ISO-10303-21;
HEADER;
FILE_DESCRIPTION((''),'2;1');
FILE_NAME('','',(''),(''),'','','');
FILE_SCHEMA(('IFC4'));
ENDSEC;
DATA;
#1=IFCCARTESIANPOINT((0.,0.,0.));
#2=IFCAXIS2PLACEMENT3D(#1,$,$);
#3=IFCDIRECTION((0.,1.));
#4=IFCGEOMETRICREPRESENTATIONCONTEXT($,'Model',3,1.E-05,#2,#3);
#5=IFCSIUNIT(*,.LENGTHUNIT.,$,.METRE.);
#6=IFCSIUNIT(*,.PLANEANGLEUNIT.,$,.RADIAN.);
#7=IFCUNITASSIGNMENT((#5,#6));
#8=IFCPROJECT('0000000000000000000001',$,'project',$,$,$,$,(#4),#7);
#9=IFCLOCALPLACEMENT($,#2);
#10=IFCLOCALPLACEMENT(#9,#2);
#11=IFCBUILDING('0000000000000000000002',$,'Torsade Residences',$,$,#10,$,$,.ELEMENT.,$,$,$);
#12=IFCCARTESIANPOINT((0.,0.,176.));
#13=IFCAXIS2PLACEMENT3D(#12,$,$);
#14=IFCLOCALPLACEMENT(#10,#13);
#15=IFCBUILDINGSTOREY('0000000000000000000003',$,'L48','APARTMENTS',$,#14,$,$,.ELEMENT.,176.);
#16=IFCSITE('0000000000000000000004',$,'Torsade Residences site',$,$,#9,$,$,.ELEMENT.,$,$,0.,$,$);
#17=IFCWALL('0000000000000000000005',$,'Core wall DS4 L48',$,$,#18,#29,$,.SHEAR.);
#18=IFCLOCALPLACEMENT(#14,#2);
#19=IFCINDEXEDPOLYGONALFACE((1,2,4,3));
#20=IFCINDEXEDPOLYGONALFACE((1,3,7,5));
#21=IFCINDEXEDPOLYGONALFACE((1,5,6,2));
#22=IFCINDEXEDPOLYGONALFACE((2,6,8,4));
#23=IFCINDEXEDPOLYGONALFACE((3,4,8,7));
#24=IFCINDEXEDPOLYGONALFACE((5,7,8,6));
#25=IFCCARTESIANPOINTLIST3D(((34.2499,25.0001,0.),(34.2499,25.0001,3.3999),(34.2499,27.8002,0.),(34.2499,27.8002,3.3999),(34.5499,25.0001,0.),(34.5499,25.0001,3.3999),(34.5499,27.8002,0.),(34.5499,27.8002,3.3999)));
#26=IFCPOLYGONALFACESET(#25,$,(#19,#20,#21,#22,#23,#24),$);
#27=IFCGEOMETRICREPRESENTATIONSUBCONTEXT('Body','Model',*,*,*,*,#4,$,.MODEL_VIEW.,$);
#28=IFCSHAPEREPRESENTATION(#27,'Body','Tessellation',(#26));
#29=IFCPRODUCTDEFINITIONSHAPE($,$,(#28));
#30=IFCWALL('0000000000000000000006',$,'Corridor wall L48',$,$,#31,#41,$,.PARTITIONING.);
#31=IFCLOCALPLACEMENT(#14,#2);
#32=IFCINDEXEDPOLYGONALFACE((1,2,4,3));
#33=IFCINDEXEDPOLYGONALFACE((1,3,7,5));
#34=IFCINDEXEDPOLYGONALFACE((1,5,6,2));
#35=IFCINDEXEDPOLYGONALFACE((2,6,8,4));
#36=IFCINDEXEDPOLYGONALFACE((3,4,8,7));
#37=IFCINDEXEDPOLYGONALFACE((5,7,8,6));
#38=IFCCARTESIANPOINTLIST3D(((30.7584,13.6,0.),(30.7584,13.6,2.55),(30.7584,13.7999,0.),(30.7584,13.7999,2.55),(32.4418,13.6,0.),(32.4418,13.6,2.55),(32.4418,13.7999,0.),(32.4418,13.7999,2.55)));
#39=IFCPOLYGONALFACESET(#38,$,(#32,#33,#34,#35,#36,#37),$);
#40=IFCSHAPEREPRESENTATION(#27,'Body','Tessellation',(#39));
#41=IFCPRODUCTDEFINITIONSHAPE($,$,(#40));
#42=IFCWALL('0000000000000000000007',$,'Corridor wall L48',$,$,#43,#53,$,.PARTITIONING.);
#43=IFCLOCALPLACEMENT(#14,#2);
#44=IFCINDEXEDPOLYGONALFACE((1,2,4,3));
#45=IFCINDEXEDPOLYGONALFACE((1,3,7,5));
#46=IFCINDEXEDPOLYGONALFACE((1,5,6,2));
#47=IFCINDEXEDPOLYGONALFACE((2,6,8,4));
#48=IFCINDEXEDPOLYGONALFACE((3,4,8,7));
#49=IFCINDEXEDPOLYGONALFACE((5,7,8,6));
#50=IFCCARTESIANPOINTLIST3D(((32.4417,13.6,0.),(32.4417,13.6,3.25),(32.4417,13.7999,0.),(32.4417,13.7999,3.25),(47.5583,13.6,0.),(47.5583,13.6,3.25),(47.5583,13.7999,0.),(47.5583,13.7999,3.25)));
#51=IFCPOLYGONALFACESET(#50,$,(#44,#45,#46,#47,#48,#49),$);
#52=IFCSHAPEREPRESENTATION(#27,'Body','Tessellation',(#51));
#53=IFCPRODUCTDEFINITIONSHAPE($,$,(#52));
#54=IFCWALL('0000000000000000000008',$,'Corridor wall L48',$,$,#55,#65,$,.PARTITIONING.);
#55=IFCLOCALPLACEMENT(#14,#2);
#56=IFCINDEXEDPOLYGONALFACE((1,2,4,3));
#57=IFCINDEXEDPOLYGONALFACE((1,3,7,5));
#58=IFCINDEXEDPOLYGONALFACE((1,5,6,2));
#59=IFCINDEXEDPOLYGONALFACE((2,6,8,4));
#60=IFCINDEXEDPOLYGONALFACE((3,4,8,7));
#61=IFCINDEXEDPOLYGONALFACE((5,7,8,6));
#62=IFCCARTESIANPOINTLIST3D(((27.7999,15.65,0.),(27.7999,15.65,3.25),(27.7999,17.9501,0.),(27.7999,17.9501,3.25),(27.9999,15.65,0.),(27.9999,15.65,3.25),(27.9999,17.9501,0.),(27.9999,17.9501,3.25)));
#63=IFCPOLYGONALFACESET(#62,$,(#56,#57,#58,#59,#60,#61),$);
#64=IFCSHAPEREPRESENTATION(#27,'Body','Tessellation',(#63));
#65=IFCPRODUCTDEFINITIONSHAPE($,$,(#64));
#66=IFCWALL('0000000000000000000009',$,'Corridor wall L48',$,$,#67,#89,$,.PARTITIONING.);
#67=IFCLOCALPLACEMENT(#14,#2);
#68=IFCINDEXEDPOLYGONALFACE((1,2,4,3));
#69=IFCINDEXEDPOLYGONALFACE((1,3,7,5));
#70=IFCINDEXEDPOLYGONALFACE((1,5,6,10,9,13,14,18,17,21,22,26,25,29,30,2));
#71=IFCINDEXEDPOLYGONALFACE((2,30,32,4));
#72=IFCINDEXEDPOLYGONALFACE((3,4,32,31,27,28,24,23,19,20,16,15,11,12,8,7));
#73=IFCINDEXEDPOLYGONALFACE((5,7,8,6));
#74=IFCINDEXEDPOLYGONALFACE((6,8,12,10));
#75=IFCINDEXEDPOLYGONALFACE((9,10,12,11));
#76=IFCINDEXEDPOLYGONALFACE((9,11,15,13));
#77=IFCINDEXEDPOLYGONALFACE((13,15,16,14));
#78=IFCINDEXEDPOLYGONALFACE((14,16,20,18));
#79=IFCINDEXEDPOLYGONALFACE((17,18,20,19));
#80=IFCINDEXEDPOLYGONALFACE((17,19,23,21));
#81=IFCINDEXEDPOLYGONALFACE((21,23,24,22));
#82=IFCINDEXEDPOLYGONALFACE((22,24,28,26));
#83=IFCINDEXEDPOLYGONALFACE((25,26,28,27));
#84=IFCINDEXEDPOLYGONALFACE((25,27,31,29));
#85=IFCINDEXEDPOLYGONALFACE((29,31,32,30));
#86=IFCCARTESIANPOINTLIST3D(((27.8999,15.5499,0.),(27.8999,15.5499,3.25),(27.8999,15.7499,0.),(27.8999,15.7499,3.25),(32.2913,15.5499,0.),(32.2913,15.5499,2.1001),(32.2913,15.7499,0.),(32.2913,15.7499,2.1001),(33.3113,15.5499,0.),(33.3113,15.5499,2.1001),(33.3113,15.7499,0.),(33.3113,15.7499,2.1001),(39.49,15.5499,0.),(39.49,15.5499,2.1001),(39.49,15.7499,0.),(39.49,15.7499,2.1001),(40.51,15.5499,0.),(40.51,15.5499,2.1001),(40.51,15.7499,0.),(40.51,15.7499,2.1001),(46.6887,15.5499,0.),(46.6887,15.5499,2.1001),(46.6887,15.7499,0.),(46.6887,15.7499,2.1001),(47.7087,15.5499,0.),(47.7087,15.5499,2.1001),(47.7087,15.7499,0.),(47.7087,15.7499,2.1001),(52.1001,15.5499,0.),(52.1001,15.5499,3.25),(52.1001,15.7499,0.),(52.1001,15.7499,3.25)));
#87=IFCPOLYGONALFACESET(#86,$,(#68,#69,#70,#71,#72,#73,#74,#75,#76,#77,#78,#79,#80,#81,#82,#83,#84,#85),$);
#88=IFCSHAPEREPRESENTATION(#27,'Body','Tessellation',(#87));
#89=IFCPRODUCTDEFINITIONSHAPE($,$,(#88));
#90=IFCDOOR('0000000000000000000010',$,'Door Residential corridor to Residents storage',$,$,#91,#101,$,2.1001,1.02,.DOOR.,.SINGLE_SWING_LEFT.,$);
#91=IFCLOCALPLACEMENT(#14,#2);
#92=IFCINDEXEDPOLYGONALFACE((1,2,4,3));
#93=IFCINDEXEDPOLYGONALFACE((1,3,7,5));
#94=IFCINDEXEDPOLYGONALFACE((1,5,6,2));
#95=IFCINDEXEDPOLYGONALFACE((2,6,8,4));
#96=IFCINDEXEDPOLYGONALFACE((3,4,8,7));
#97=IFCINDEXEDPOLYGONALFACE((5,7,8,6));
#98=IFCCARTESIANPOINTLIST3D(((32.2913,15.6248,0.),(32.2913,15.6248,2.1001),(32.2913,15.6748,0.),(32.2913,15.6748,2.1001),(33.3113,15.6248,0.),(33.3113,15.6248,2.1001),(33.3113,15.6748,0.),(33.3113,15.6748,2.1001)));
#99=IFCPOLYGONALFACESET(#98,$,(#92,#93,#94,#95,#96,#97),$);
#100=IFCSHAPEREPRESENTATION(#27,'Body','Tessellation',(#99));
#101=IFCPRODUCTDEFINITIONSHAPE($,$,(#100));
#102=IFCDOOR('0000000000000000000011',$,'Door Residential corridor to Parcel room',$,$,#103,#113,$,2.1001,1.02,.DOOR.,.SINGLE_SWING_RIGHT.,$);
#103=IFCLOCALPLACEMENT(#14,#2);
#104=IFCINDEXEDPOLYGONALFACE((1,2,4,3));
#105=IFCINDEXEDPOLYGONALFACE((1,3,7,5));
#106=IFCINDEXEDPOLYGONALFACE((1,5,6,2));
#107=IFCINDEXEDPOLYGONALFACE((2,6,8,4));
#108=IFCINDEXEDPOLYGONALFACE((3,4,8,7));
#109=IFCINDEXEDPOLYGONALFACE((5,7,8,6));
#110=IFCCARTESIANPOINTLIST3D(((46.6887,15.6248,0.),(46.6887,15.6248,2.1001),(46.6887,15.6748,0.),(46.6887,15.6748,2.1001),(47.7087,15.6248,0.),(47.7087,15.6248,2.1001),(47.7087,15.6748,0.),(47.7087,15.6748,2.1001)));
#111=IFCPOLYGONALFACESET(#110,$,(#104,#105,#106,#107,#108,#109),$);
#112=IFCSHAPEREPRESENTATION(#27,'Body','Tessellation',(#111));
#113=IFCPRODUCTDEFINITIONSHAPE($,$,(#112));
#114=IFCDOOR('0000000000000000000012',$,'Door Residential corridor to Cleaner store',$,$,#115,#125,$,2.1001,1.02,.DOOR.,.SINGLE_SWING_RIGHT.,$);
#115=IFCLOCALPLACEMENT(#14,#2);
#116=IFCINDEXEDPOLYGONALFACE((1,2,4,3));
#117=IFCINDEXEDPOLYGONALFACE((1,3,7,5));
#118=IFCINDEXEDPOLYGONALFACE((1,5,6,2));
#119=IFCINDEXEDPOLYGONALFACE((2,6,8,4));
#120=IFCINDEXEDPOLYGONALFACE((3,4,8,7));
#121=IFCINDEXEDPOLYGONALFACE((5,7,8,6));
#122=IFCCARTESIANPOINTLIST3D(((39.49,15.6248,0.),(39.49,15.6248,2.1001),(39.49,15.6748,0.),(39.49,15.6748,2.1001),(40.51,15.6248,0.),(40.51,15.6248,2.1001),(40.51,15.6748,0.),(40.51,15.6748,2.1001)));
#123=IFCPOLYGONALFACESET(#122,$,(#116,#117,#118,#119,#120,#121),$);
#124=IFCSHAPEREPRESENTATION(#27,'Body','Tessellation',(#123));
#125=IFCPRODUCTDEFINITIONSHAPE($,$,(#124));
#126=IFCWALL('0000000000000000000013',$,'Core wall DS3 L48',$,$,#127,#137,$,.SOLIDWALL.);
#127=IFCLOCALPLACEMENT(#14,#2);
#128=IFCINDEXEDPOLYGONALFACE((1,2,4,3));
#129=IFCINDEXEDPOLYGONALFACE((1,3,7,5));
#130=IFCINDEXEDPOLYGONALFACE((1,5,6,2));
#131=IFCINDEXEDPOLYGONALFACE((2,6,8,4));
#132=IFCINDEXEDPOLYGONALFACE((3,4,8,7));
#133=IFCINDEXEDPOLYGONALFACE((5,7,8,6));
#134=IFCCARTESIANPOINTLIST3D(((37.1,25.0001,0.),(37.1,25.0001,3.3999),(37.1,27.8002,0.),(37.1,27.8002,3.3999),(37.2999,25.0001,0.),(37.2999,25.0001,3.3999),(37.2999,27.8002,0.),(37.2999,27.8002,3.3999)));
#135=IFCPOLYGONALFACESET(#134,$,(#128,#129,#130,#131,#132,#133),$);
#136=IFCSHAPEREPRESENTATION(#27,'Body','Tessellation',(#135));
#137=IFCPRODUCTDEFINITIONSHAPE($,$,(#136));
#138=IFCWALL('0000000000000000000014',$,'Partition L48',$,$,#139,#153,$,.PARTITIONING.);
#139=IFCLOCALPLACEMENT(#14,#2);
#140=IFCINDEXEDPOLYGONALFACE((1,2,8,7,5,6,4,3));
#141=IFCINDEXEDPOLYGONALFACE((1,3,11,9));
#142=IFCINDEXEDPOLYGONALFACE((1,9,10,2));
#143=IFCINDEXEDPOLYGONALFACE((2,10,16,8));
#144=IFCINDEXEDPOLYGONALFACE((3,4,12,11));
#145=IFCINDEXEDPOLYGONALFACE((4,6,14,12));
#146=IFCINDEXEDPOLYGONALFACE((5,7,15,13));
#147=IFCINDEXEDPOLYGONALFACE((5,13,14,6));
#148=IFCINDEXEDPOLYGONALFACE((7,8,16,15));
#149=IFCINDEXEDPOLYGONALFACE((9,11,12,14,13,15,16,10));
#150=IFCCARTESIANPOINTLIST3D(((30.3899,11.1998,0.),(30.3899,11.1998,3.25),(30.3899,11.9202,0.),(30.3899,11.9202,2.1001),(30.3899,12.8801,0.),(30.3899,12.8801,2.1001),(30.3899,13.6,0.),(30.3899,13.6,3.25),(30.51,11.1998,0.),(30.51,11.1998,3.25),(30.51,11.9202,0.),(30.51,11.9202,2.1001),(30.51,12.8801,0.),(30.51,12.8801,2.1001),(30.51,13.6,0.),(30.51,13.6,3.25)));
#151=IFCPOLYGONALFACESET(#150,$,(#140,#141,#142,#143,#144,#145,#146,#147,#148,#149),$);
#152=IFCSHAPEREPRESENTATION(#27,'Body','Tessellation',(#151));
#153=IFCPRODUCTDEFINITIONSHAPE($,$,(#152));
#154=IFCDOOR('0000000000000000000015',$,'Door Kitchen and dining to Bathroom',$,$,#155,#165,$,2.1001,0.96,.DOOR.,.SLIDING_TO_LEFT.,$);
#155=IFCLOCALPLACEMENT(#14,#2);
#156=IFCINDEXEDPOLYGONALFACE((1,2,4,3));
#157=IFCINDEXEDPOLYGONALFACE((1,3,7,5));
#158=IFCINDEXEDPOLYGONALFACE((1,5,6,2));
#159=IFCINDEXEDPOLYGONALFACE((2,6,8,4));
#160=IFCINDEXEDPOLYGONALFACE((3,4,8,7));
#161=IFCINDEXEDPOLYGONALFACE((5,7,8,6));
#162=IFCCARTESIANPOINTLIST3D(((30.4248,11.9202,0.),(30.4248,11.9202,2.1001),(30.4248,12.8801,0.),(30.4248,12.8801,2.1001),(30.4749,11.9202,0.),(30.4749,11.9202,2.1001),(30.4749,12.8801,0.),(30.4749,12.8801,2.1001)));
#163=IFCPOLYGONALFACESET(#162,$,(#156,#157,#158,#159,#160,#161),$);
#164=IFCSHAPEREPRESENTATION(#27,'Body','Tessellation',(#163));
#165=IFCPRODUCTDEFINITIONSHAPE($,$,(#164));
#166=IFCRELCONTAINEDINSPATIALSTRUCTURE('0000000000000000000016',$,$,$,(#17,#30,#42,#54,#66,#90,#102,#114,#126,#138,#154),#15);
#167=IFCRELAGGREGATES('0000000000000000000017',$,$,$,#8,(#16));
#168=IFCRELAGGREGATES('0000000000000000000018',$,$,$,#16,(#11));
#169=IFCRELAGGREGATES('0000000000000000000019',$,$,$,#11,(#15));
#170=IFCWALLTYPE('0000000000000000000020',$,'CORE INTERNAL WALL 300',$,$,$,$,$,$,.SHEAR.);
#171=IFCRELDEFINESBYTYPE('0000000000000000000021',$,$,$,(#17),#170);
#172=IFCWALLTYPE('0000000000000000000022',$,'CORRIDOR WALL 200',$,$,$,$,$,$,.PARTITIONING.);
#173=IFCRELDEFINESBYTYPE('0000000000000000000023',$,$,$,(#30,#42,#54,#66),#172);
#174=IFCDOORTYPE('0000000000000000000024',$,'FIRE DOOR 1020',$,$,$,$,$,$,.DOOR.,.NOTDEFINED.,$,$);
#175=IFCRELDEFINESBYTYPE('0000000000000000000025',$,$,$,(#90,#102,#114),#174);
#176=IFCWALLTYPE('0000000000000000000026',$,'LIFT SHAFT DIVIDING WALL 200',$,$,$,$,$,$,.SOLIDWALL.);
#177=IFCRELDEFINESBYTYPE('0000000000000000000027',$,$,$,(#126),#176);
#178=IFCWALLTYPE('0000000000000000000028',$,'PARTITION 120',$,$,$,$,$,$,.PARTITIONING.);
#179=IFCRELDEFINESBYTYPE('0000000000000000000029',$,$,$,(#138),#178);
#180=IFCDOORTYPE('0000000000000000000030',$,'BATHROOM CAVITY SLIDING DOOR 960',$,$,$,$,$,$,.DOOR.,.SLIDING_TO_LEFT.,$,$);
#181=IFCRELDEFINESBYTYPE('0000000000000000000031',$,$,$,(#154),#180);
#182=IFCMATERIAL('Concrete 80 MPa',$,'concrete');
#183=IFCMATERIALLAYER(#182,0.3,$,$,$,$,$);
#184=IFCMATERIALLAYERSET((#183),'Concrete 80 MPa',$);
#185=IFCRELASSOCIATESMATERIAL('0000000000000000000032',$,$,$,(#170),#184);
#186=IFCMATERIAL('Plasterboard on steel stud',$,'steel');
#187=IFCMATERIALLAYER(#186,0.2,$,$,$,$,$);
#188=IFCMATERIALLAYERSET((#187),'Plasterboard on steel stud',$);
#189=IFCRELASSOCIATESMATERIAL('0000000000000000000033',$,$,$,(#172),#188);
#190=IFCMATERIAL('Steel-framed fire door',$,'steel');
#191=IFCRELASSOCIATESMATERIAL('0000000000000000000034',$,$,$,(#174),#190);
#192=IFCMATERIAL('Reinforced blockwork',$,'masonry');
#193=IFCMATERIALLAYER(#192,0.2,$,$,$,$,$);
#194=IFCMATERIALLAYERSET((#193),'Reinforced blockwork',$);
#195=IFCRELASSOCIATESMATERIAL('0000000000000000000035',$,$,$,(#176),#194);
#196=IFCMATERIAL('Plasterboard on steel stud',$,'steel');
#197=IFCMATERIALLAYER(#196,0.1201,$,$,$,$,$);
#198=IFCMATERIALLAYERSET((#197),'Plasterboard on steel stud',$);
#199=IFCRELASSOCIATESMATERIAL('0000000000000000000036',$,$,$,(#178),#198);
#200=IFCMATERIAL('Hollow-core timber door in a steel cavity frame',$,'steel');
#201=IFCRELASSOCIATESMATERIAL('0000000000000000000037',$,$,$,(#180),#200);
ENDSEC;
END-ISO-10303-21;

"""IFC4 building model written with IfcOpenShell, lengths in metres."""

from ifc_helpers import new_model, si_unit, direction, frame, frame_2d, origin, place, context, subcontext, project, spatial, rectangle, extrude, material, layer, layer_set, type_object, element, fill, save


model = new_model("IFC4")

# Units and contexts
model_context = context("Model", 3, precision=1e-05, world=origin(), true_north=direction((0.0, 1.0)))
body_context = subcontext(model_context, "Body", "Model", "MODEL_VIEW")
ifc_project = project(units=[si_unit("LENGTHUNIT", "METRE"), si_unit("PLANEANGLEUNIT", "RADIAN")], contexts=[model_context])

# Site, building, storey
site_placement = place(None, origin())
site = spatial("IfcSite", under=ifc_project, at=site_placement, Name="Torsade Residences site", CompositionType="ELEMENT", RefElevation=0.0)
building_placement = place(site_placement, origin())
building = spatial("IfcBuilding", under=site, at=building_placement, Name="Torsade Residences", CompositionType="ELEMENT")
storey_placement = place(building_placement, frame((0.0, 0.0, 176.0)))
storey = spatial("IfcBuildingStorey", under=building, at=storey_placement, Name="L48", Description="APARTMENTS", CompositionType="ELEMENT", Elevation=176.0)

# Walls
ifc_material_1 = material(Name="Concrete 80 MPa", Category="concrete")
ifc_layer_1 = layer(ifc_material_1, 0.3)
ifc_layer_set_1 = layer_set([ifc_layer_1], Name="Concrete 80 MPa")
wall_type_1 = type_object("IfcWallType", Name="CORE INTERNAL WALL 300", PredefinedType="SHEAR", material=ifc_layer_set_1)
wall_1_placement = place(storey_placement, frame((34.3999, 27.8, 0.0), z_axis=(0.0, 0.0, 1.0), x_axis=(0.0, -1.0, 0.0)))
element("IfcWall", 1, at=wall_1_placement, inside=storey, type_object=wall_type_1, Name="Core wall DS4 L48", PredefinedType="SHEAR", context=body_context, shape_type="SweptSolid", body=[
    extrude(rectangle(XDim=2.8, YDim=0.3, at=frame_2d((1.3999, 0.0))), origin(), (0.0, 0.0, 1.0), 3.3999),
])
ifc_material_2 = material(Name="Plasterboard on steel stud", Category="steel")
ifc_layer_2 = layer(ifc_material_2, 0.2)
ifc_layer_set_2 = layer_set([ifc_layer_2], Name="Plasterboard on steel stud")
wall_type_2 = type_object("IfcWallType", Name="CORRIDOR WALL 200", PredefinedType="PARTITIONING", material=ifc_layer_set_2)
wall_2_placement = place(storey_placement, frame((30.7583, 13.7, 0.0), z_axis=(0.0, 0.0, 1.0), x_axis=(1.0, 0.0, 0.0)))
element("IfcWall", 2, at=wall_2_placement, inside=storey, type_object=wall_type_2, Name="Corridor wall L48", PredefinedType="PARTITIONING", context=body_context, shape_type="SweptSolid", body=[
    extrude(rectangle(XDim=1.6833, YDim=0.2, at=frame_2d((0.8418, 0.0))), origin(), (0.0, 0.0, 1.0), 2.55),
])
wall_3_placement = place(storey_placement, frame((32.4417, 13.7, 0.0), z_axis=(0.0, 0.0, 1.0), x_axis=(1.0, 0.0, 0.0)))
element("IfcWall", 3, at=wall_3_placement, inside=storey, type_object=wall_type_2, Name="Corridor wall L48", PredefinedType="PARTITIONING", context=body_context, shape_type="SweptSolid", body=[
    extrude(rectangle(XDim=15.1167, YDim=0.2, at=frame_2d((7.5583, 0.0))), origin(), (0.0, 0.0, 1.0), 3.25),
])
wall_4_placement = place(storey_placement, frame((27.8999, 17.95, 0.0), z_axis=(0.0, 0.0, 1.0), x_axis=(0.0, -1.0, 0.0)))
element("IfcWall", 4, at=wall_4_placement, inside=storey, type_object=wall_type_2, Name="Corridor wall L48", PredefinedType="PARTITIONING", context=body_context, shape_type="SweptSolid", body=[
    extrude(rectangle(XDim=2.3, YDim=0.2, at=frame_2d((1.1499, 0.0))), origin(), (0.0, 0.0, 1.0), 3.25),
])

# Wall, openings, doors
wall_5_placement = place(storey_placement, frame((27.8999, 15.6499, 0.0), z_axis=(0.0, 0.0, 1.0), x_axis=(1.0, 0.0, 0.0)))
wall_5 = element("IfcWall", 5, at=wall_5_placement, inside=storey, type_object=wall_type_2, Name="Corridor wall L48", PredefinedType="PARTITIONING", context=body_context, shape_type="SweptSolid", body=[
    extrude(rectangle(XDim=24.2002, YDim=0.2, at=frame_2d((12.1001, 0.0))), origin(), (0.0, 0.0, 1.0), 3.25),
])
opening_1_placement = place(wall_5_placement, frame((4.3914, 0.0, 0.0)))
opening_1 = element("IfcOpeningElement", 6, at=opening_1_placement, cuts=wall_5, PredefinedType="OPENING", context=body_context, shape_type="SweptSolid", body=[
    extrude(rectangle(XDim=1.02, YDim=2.1001, at=frame_2d((0.51, 1.05))), frame((0.0, 0.1099, 0.0), z_axis=(0.0, -1.0, 0.0), x_axis=(1.0, 0.0, 0.0)), (0.0, 0.0, 1.0), 0.22),
])
opening_2_placement = place(wall_5_placement, frame((18.7888, 0.0, 0.0)))
opening_2 = element("IfcOpeningElement", 7, at=opening_2_placement, cuts=wall_5, PredefinedType="OPENING", context=body_context, shape_type="SweptSolid", body=[
    extrude(rectangle(XDim=1.02, YDim=2.1001, at=frame_2d((0.51, 1.05))), frame((0.0, 0.1099, 0.0), z_axis=(0.0, -1.0, 0.0), x_axis=(1.0, 0.0, 0.0)), (0.0, 0.0, 1.0), 0.22),
])
opening_3_placement = place(wall_5_placement, frame((11.5901, 0.0, 0.0)))
opening_3 = element("IfcOpeningElement", 8, at=opening_3_placement, cuts=wall_5, PredefinedType="OPENING", context=body_context, shape_type="SweptSolid", body=[
    extrude(rectangle(XDim=1.02, YDim=2.1001, at=frame_2d((0.51, 1.05))), frame((0.0, 0.1099, 0.0), z_axis=(0.0, -1.0, 0.0), x_axis=(1.0, 0.0, 0.0)), (0.0, 0.0, 1.0), 0.22),
])
ifc_material_3 = material(Name="Steel-framed fire door", Category="steel")
door_type_1 = type_object("IfcDoorType", Name="FIRE DOOR 1020", OperationType="NOTDEFINED", PredefinedType="DOOR", material=ifc_material_3)
door_1_placement = place(opening_1_placement, origin())
door_1 = element("IfcDoor", 9, at=door_1_placement, inside=storey, type_object=door_type_1, Name="Door Residential corridor to Residents storage", OperationType="SINGLE_SWING_LEFT", OverallHeight=2.1001, OverallWidth=1.02, PredefinedType="DOOR", context=body_context, shape_type="SweptSolid", body=[
    extrude(rectangle(XDim=1.02, YDim=2.1001, at=frame_2d((0.51, 1.05))), frame((0.0, 0.0249, 0.0), z_axis=(0.0, -1.0, 0.0), x_axis=(1.0, 0.0, 0.0)), (0.0, 0.0, 1.0), 0.05),
])
fill(opening_1, door_1)
door_2_placement = place(opening_2_placement, origin())
door_2 = element("IfcDoor", 10, at=door_2_placement, inside=storey, type_object=door_type_1, Name="Door Residential corridor to Parcel room", OperationType="SINGLE_SWING_RIGHT", OverallHeight=2.1001, OverallWidth=1.02, PredefinedType="DOOR", context=body_context, shape_type="SweptSolid", body=[
    extrude(rectangle(XDim=1.02, YDim=2.1001, at=frame_2d((0.51, 1.05))), frame((0.0, 0.0249, 0.0), z_axis=(0.0, -1.0, 0.0), x_axis=(1.0, 0.0, 0.0)), (0.0, 0.0, 1.0), 0.05),
])
fill(opening_2, door_2)
door_3_placement = place(opening_3_placement, origin())
door_3 = element("IfcDoor", 11, at=door_3_placement, inside=storey, type_object=door_type_1, Name="Door Residential corridor to Cleaner store", OperationType="SINGLE_SWING_RIGHT", OverallHeight=2.1001, OverallWidth=1.02, PredefinedType="DOOR", context=body_context, shape_type="SweptSolid", body=[
    extrude(rectangle(XDim=1.02, YDim=2.1001, at=frame_2d((0.51, 1.05))), frame((0.0, 0.0249, 0.0), z_axis=(0.0, -1.0, 0.0), x_axis=(1.0, 0.0, 0.0)), (0.0, 0.0, 1.0), 0.05),
])
fill(opening_3, door_3)

# Wall
ifc_material_4 = material(Name="Reinforced blockwork", Category="masonry")
ifc_layer_3 = layer(ifc_material_4, 0.2)
ifc_layer_set_3 = layer_set([ifc_layer_3], Name="Reinforced blockwork")
wall_type_3 = type_object("IfcWallType", Name="LIFT SHAFT DIVIDING WALL 200", PredefinedType="SOLIDWALL", material=ifc_layer_set_3)
wall_6_placement = place(storey_placement, frame((37.2, 27.8, 0.0), z_axis=(0.0, 0.0, 1.0), x_axis=(0.0, -1.0, 0.0)))
element("IfcWall", 12, at=wall_6_placement, inside=storey, type_object=wall_type_3, Name="Core wall DS3 L48", PredefinedType="SOLIDWALL", context=body_context, shape_type="SweptSolid", body=[
    extrude(rectangle(XDim=2.8, YDim=0.2, at=frame_2d((1.3999, 0.0))), origin(), (0.0, 0.0, 1.0), 3.3999),
])

# Wall, opening, door
ifc_material_5 = material(Name="Plasterboard on steel stud", Category="steel")
ifc_layer_4 = layer(ifc_material_5, 0.1201)
ifc_layer_set_4 = layer_set([ifc_layer_4], Name="Plasterboard on steel stud")
wall_type_4 = type_object("IfcWallType", Name="PARTITION 120", PredefinedType="PARTITIONING", material=ifc_layer_set_4)
wall_7_placement = place(storey_placement, frame((30.45, 13.6001, 0.0), z_axis=(0.0, 0.0, 1.0), x_axis=(0.0, -1.0, 0.0)))
wall_7 = element("IfcWall", 13, at=wall_7_placement, inside=storey, type_object=wall_type_4, Name="Partition L48", PredefinedType="PARTITIONING", context=body_context, shape_type="SweptSolid", body=[
    extrude(rectangle(XDim=2.4001, YDim=0.1201, at=frame_2d((1.2002, 0.0))), origin(), (0.0, 0.0, 1.0), 3.25),
])
opening_4_placement = place(wall_7_placement, frame((0.72, 0.0, 0.0)))
opening_4 = element("IfcOpeningElement", 14, at=opening_4_placement, cuts=wall_7, PredefinedType="OPENING", context=body_context, shape_type="SweptSolid", body=[
    extrude(rectangle(XDim=0.96, YDim=2.1001, at=frame_2d((0.48, 1.05))), frame((0.0, 0.0701, 0.0), z_axis=(0.0, -1.0, 0.0), x_axis=(1.0, 0.0, 0.0)), (0.0, 0.0, 1.0), 0.1401),
])
ifc_material_6 = material(Name="Hollow-core timber door in a steel cavity frame", Category="steel")
door_type_2 = type_object("IfcDoorType", Name="BATHROOM CAVITY SLIDING DOOR 960", OperationType="SLIDING_TO_LEFT", PredefinedType="DOOR", material=ifc_material_6)
door_4_placement = place(opening_4_placement, origin())
door_4 = element("IfcDoor", 15, at=door_4_placement, inside=storey, type_object=door_type_2, Name="Door Kitchen and dining to Bathroom", OperationType="SLIDING_TO_LEFT", OverallHeight=2.1001, OverallWidth=0.96, PredefinedType="DOOR", context=body_context, shape_type="SweptSolid", body=[
    extrude(rectangle(XDim=0.96, YDim=2.1001, at=frame_2d((0.48, 1.05))), frame((0.0, 0.0249, 0.0), z_axis=(0.0, -1.0, 0.0), x_axis=(1.0, 0.0, 0.0)), (0.0, 0.0, 1.0), 0.05),
])
fill(opening_4, door_4)

save(model, "model.ifc")
